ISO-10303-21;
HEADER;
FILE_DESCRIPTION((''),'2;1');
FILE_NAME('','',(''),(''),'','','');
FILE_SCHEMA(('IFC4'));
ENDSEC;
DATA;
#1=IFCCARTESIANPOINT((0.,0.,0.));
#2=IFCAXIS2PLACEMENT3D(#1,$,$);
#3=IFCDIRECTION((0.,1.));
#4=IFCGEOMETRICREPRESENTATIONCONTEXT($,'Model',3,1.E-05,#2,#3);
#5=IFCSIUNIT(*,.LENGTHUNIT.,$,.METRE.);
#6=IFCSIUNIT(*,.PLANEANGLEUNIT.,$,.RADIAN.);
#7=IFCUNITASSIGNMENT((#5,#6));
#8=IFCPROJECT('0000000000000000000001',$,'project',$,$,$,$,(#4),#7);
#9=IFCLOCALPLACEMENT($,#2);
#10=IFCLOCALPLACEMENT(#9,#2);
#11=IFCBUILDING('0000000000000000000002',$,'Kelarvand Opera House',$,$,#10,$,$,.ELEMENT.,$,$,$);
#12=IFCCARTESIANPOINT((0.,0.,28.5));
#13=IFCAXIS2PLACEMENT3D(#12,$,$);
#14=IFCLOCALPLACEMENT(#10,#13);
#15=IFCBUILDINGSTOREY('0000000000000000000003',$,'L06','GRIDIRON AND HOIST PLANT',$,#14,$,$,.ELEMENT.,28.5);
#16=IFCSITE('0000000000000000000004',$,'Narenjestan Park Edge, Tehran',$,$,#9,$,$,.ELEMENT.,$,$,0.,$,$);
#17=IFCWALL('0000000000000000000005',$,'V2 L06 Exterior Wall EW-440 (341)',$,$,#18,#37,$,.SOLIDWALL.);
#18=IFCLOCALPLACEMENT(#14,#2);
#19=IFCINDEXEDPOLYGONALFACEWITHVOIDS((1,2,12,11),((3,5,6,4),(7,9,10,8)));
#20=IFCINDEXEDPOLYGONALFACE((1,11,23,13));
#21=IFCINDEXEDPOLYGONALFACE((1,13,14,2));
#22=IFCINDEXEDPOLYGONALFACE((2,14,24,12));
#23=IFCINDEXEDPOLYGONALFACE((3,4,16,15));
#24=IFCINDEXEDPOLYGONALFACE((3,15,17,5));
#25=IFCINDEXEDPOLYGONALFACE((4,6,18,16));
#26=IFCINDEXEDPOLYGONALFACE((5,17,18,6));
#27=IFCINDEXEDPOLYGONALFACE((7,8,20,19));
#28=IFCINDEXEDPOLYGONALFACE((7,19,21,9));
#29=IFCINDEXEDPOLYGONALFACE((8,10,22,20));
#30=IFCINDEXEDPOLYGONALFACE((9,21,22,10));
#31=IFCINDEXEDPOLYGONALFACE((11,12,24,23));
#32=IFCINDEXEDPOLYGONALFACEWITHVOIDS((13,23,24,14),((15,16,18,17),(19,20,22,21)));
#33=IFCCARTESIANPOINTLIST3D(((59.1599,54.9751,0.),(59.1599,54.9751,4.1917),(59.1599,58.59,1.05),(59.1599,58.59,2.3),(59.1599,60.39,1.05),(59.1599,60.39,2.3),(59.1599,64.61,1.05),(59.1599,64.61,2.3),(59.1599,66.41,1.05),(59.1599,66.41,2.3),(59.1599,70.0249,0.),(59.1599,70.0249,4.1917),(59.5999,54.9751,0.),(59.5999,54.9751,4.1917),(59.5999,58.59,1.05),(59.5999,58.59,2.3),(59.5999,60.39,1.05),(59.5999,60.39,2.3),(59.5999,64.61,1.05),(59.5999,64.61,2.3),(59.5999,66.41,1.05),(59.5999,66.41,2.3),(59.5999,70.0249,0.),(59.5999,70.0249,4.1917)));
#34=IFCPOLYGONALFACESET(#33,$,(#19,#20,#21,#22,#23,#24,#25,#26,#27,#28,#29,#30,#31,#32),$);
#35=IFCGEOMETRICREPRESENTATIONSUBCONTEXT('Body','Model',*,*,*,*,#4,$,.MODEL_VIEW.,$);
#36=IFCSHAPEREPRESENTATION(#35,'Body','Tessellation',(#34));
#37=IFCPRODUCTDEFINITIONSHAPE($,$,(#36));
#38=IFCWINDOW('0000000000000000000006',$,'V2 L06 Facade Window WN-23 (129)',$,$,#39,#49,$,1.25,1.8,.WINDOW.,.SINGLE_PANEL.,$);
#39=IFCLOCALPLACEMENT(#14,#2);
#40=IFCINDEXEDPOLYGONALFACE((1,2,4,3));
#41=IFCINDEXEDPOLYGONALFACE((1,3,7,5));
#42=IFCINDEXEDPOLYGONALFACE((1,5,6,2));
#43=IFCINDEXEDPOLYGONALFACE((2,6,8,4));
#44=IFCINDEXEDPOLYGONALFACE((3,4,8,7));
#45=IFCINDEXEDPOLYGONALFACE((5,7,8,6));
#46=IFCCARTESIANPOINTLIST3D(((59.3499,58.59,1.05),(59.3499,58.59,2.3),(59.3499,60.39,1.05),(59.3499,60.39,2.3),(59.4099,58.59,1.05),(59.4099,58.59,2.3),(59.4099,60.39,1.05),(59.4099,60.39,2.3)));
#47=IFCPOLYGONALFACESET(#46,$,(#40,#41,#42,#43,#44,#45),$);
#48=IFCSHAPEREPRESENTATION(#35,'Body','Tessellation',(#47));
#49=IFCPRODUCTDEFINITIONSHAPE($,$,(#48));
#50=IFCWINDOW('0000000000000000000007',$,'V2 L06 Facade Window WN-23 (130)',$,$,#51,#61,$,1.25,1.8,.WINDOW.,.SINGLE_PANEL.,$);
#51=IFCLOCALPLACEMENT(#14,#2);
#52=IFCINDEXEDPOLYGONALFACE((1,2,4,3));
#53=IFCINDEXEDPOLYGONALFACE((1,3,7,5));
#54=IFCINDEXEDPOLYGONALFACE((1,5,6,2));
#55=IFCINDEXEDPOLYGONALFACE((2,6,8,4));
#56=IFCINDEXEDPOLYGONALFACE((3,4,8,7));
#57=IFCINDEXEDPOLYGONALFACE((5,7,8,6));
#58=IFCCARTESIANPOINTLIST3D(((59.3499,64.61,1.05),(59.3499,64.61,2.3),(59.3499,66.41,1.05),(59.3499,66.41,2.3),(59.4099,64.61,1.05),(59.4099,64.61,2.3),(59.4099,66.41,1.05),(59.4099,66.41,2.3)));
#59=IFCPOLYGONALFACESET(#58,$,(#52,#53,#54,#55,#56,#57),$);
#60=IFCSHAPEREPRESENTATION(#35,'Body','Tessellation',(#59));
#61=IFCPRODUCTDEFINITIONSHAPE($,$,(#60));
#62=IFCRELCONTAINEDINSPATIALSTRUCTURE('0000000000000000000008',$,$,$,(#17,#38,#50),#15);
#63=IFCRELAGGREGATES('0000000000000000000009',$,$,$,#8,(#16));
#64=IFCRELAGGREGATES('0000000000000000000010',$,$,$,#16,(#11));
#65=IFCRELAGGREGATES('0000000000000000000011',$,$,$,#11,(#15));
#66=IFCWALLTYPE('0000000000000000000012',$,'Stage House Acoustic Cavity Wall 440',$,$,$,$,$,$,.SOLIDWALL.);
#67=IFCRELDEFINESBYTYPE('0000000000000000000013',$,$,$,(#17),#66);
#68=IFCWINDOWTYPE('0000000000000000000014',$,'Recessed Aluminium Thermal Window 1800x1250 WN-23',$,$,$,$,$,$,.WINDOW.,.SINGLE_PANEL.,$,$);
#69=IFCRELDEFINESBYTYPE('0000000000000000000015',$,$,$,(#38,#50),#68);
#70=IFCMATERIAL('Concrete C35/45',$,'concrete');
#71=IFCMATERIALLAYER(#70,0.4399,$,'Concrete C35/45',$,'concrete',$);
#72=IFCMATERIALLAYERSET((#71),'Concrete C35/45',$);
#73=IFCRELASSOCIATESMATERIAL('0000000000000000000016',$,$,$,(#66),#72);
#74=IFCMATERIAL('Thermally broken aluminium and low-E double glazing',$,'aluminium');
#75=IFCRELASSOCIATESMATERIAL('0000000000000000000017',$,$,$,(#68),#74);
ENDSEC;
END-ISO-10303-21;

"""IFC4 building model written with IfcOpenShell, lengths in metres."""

from ifc_helpers import new_model, si_unit, direction, frame, frame_2d, origin, place, context, subcontext, project, spatial, rectangle, extrude, material, layer, layer_set, type_object, element, fill, save


model = new_model("IFC4")

# Units and contexts
model_context = context("Model", 3, precision=1e-05, world=origin(), true_north=direction((0.0, 1.0)))
body_context = subcontext(model_context, "Body", "Model", "MODEL_VIEW")
ifc_project = project(units=[si_unit("LENGTHUNIT", "METRE"), si_unit("PLANEANGLEUNIT", "RADIAN")], contexts=[model_context])

# Site, building, storey
site_placement = place(None, origin())
site = spatial("IfcSite", under=ifc_project, at=site_placement, Name="Narenjestan Park Edge, Tehran", CompositionType="ELEMENT", RefElevation=0.0)
building_placement = place(site_placement, origin())
building = spatial("IfcBuilding", under=site, at=building_placement, Name="Kelarvand Opera House", CompositionType="ELEMENT")
storey_placement = place(building_placement, frame((0.0, 0.0, 28.5)))
storey = spatial("IfcBuildingStorey", under=building, at=storey_placement, Name="L06", Description="GRIDIRON AND HOIST PLANT", CompositionType="ELEMENT", Elevation=28.5)

# Shared definitions
ifc_material_1 = material(Name="Concrete C35/45", Category="concrete")

# Wall, openings, windows
ifc_layer_1 = layer(ifc_material_1, 0.4399, Name="Concrete C35/45", Category="concrete")
ifc_layer_set_1 = layer_set([ifc_layer_1], Name="Concrete C35/45")
wall_type_1 = type_object("IfcWallType", Name="Stage House Acoustic Cavity Wall 440", PredefinedType="SOLIDWALL", material=ifc_layer_set_1)
wall_1_placement = place(storey_placement, frame((59.3799, 54.9751, 0.0), z_axis=(0.0, 0.0, 1.0), x_axis=(0.0, 1.0, 0.0)))
wall_1 = element("IfcWall", 1, at=wall_1_placement, inside=storey, type_object=wall_type_1, Name="V2 L06 Exterior Wall EW-440 (341)", PredefinedType="SOLIDWALL", context=body_context, shape_type="SweptSolid", body=[
    extrude(rectangle(XDim=15.0498, YDim=0.4399, at=frame_2d((7.5249, 0.0))), origin(), (0.0, 0.0, 1.0), 4.1917),
])
opening_1_placement = place(wall_1_placement, frame((3.615, 0.0, 1.05)))
opening_1 = element("IfcOpeningElement", 2, at=opening_1_placement, cuts=wall_1, PredefinedType="OPENING", context=body_context, shape_type="SweptSolid", body=[
    extrude(rectangle(XDim=1.8, YDim=1.25, at=frame_2d((0.8999, 0.625))), frame((0.0, 0.23, 0.0), z_axis=(0.0, -1.0, 0.0), x_axis=(1.0, 0.0, 0.0)), (0.0, 0.0, 1.0), 0.46),
])
opening_2_placement = place(wall_1_placement, frame((9.635, 0.0, 1.05)))
opening_2 = element("IfcOpeningElement", 3, at=opening_2_placement, cuts=wall_1, PredefinedType="OPENING", context=body_context, shape_type="SweptSolid", body=[
    extrude(rectangle(XDim=1.8, YDim=1.25, at=frame_2d((0.8999, 0.625))), frame((0.0, 0.23, 0.0), z_axis=(0.0, -1.0, 0.0), x_axis=(1.0, 0.0, 0.0)), (0.0, 0.0, 1.0), 0.46),
])
ifc_material_2 = material(Name="Thermally broken aluminium and low-E double glazing", Category="aluminium")
window_type = type_object("IfcWindowType", Name="Recessed Aluminium Thermal Window 1800x1250 WN-23", PartitioningType="SINGLE_PANEL", PredefinedType="WINDOW", material=ifc_material_2)
window_1_placement = place(opening_1_placement, origin())
window_1 = element("IfcWindow", 4, at=window_1_placement, inside=storey, type_object=window_type, Name="V2 L06 Facade Window WN-23 (129)", OverallHeight=1.25, OverallWidth=1.8, PartitioningType="SINGLE_PANEL", PredefinedType="WINDOW", context=body_context, shape_type="SweptSolid", body=[
    extrude(rectangle(XDim=1.8, YDim=1.25, at=frame_2d((0.8999, 0.625))), frame((0.0, 0.03, 0.0), z_axis=(0.0, -1.0, 0.0), x_axis=(1.0, 0.0, 0.0)), (0.0, 0.0, 1.0), 0.0601),
])
fill(opening_1, window_1)
window_2_placement = place(opening_2_placement, origin())
window_2 = element("IfcWindow", 5, at=window_2_placement, inside=storey, type_object=window_type, Name="V2 L06 Facade Window WN-23 (130)", OverallHeight=1.25, OverallWidth=1.8, PartitioningType="SINGLE_PANEL", PredefinedType="WINDOW", context=body_context, shape_type="SweptSolid", body=[
    extrude(rectangle(XDim=1.8, YDim=1.25, at=frame_2d((0.8999, 0.625))), frame((0.0, 0.03, 0.0), z_axis=(0.0, -1.0, 0.0), x_axis=(1.0, 0.0, 0.0)), (0.0, 0.0, 1.0), 0.0601),
])
fill(opening_2, window_2)

save(model, "model.ifc")
